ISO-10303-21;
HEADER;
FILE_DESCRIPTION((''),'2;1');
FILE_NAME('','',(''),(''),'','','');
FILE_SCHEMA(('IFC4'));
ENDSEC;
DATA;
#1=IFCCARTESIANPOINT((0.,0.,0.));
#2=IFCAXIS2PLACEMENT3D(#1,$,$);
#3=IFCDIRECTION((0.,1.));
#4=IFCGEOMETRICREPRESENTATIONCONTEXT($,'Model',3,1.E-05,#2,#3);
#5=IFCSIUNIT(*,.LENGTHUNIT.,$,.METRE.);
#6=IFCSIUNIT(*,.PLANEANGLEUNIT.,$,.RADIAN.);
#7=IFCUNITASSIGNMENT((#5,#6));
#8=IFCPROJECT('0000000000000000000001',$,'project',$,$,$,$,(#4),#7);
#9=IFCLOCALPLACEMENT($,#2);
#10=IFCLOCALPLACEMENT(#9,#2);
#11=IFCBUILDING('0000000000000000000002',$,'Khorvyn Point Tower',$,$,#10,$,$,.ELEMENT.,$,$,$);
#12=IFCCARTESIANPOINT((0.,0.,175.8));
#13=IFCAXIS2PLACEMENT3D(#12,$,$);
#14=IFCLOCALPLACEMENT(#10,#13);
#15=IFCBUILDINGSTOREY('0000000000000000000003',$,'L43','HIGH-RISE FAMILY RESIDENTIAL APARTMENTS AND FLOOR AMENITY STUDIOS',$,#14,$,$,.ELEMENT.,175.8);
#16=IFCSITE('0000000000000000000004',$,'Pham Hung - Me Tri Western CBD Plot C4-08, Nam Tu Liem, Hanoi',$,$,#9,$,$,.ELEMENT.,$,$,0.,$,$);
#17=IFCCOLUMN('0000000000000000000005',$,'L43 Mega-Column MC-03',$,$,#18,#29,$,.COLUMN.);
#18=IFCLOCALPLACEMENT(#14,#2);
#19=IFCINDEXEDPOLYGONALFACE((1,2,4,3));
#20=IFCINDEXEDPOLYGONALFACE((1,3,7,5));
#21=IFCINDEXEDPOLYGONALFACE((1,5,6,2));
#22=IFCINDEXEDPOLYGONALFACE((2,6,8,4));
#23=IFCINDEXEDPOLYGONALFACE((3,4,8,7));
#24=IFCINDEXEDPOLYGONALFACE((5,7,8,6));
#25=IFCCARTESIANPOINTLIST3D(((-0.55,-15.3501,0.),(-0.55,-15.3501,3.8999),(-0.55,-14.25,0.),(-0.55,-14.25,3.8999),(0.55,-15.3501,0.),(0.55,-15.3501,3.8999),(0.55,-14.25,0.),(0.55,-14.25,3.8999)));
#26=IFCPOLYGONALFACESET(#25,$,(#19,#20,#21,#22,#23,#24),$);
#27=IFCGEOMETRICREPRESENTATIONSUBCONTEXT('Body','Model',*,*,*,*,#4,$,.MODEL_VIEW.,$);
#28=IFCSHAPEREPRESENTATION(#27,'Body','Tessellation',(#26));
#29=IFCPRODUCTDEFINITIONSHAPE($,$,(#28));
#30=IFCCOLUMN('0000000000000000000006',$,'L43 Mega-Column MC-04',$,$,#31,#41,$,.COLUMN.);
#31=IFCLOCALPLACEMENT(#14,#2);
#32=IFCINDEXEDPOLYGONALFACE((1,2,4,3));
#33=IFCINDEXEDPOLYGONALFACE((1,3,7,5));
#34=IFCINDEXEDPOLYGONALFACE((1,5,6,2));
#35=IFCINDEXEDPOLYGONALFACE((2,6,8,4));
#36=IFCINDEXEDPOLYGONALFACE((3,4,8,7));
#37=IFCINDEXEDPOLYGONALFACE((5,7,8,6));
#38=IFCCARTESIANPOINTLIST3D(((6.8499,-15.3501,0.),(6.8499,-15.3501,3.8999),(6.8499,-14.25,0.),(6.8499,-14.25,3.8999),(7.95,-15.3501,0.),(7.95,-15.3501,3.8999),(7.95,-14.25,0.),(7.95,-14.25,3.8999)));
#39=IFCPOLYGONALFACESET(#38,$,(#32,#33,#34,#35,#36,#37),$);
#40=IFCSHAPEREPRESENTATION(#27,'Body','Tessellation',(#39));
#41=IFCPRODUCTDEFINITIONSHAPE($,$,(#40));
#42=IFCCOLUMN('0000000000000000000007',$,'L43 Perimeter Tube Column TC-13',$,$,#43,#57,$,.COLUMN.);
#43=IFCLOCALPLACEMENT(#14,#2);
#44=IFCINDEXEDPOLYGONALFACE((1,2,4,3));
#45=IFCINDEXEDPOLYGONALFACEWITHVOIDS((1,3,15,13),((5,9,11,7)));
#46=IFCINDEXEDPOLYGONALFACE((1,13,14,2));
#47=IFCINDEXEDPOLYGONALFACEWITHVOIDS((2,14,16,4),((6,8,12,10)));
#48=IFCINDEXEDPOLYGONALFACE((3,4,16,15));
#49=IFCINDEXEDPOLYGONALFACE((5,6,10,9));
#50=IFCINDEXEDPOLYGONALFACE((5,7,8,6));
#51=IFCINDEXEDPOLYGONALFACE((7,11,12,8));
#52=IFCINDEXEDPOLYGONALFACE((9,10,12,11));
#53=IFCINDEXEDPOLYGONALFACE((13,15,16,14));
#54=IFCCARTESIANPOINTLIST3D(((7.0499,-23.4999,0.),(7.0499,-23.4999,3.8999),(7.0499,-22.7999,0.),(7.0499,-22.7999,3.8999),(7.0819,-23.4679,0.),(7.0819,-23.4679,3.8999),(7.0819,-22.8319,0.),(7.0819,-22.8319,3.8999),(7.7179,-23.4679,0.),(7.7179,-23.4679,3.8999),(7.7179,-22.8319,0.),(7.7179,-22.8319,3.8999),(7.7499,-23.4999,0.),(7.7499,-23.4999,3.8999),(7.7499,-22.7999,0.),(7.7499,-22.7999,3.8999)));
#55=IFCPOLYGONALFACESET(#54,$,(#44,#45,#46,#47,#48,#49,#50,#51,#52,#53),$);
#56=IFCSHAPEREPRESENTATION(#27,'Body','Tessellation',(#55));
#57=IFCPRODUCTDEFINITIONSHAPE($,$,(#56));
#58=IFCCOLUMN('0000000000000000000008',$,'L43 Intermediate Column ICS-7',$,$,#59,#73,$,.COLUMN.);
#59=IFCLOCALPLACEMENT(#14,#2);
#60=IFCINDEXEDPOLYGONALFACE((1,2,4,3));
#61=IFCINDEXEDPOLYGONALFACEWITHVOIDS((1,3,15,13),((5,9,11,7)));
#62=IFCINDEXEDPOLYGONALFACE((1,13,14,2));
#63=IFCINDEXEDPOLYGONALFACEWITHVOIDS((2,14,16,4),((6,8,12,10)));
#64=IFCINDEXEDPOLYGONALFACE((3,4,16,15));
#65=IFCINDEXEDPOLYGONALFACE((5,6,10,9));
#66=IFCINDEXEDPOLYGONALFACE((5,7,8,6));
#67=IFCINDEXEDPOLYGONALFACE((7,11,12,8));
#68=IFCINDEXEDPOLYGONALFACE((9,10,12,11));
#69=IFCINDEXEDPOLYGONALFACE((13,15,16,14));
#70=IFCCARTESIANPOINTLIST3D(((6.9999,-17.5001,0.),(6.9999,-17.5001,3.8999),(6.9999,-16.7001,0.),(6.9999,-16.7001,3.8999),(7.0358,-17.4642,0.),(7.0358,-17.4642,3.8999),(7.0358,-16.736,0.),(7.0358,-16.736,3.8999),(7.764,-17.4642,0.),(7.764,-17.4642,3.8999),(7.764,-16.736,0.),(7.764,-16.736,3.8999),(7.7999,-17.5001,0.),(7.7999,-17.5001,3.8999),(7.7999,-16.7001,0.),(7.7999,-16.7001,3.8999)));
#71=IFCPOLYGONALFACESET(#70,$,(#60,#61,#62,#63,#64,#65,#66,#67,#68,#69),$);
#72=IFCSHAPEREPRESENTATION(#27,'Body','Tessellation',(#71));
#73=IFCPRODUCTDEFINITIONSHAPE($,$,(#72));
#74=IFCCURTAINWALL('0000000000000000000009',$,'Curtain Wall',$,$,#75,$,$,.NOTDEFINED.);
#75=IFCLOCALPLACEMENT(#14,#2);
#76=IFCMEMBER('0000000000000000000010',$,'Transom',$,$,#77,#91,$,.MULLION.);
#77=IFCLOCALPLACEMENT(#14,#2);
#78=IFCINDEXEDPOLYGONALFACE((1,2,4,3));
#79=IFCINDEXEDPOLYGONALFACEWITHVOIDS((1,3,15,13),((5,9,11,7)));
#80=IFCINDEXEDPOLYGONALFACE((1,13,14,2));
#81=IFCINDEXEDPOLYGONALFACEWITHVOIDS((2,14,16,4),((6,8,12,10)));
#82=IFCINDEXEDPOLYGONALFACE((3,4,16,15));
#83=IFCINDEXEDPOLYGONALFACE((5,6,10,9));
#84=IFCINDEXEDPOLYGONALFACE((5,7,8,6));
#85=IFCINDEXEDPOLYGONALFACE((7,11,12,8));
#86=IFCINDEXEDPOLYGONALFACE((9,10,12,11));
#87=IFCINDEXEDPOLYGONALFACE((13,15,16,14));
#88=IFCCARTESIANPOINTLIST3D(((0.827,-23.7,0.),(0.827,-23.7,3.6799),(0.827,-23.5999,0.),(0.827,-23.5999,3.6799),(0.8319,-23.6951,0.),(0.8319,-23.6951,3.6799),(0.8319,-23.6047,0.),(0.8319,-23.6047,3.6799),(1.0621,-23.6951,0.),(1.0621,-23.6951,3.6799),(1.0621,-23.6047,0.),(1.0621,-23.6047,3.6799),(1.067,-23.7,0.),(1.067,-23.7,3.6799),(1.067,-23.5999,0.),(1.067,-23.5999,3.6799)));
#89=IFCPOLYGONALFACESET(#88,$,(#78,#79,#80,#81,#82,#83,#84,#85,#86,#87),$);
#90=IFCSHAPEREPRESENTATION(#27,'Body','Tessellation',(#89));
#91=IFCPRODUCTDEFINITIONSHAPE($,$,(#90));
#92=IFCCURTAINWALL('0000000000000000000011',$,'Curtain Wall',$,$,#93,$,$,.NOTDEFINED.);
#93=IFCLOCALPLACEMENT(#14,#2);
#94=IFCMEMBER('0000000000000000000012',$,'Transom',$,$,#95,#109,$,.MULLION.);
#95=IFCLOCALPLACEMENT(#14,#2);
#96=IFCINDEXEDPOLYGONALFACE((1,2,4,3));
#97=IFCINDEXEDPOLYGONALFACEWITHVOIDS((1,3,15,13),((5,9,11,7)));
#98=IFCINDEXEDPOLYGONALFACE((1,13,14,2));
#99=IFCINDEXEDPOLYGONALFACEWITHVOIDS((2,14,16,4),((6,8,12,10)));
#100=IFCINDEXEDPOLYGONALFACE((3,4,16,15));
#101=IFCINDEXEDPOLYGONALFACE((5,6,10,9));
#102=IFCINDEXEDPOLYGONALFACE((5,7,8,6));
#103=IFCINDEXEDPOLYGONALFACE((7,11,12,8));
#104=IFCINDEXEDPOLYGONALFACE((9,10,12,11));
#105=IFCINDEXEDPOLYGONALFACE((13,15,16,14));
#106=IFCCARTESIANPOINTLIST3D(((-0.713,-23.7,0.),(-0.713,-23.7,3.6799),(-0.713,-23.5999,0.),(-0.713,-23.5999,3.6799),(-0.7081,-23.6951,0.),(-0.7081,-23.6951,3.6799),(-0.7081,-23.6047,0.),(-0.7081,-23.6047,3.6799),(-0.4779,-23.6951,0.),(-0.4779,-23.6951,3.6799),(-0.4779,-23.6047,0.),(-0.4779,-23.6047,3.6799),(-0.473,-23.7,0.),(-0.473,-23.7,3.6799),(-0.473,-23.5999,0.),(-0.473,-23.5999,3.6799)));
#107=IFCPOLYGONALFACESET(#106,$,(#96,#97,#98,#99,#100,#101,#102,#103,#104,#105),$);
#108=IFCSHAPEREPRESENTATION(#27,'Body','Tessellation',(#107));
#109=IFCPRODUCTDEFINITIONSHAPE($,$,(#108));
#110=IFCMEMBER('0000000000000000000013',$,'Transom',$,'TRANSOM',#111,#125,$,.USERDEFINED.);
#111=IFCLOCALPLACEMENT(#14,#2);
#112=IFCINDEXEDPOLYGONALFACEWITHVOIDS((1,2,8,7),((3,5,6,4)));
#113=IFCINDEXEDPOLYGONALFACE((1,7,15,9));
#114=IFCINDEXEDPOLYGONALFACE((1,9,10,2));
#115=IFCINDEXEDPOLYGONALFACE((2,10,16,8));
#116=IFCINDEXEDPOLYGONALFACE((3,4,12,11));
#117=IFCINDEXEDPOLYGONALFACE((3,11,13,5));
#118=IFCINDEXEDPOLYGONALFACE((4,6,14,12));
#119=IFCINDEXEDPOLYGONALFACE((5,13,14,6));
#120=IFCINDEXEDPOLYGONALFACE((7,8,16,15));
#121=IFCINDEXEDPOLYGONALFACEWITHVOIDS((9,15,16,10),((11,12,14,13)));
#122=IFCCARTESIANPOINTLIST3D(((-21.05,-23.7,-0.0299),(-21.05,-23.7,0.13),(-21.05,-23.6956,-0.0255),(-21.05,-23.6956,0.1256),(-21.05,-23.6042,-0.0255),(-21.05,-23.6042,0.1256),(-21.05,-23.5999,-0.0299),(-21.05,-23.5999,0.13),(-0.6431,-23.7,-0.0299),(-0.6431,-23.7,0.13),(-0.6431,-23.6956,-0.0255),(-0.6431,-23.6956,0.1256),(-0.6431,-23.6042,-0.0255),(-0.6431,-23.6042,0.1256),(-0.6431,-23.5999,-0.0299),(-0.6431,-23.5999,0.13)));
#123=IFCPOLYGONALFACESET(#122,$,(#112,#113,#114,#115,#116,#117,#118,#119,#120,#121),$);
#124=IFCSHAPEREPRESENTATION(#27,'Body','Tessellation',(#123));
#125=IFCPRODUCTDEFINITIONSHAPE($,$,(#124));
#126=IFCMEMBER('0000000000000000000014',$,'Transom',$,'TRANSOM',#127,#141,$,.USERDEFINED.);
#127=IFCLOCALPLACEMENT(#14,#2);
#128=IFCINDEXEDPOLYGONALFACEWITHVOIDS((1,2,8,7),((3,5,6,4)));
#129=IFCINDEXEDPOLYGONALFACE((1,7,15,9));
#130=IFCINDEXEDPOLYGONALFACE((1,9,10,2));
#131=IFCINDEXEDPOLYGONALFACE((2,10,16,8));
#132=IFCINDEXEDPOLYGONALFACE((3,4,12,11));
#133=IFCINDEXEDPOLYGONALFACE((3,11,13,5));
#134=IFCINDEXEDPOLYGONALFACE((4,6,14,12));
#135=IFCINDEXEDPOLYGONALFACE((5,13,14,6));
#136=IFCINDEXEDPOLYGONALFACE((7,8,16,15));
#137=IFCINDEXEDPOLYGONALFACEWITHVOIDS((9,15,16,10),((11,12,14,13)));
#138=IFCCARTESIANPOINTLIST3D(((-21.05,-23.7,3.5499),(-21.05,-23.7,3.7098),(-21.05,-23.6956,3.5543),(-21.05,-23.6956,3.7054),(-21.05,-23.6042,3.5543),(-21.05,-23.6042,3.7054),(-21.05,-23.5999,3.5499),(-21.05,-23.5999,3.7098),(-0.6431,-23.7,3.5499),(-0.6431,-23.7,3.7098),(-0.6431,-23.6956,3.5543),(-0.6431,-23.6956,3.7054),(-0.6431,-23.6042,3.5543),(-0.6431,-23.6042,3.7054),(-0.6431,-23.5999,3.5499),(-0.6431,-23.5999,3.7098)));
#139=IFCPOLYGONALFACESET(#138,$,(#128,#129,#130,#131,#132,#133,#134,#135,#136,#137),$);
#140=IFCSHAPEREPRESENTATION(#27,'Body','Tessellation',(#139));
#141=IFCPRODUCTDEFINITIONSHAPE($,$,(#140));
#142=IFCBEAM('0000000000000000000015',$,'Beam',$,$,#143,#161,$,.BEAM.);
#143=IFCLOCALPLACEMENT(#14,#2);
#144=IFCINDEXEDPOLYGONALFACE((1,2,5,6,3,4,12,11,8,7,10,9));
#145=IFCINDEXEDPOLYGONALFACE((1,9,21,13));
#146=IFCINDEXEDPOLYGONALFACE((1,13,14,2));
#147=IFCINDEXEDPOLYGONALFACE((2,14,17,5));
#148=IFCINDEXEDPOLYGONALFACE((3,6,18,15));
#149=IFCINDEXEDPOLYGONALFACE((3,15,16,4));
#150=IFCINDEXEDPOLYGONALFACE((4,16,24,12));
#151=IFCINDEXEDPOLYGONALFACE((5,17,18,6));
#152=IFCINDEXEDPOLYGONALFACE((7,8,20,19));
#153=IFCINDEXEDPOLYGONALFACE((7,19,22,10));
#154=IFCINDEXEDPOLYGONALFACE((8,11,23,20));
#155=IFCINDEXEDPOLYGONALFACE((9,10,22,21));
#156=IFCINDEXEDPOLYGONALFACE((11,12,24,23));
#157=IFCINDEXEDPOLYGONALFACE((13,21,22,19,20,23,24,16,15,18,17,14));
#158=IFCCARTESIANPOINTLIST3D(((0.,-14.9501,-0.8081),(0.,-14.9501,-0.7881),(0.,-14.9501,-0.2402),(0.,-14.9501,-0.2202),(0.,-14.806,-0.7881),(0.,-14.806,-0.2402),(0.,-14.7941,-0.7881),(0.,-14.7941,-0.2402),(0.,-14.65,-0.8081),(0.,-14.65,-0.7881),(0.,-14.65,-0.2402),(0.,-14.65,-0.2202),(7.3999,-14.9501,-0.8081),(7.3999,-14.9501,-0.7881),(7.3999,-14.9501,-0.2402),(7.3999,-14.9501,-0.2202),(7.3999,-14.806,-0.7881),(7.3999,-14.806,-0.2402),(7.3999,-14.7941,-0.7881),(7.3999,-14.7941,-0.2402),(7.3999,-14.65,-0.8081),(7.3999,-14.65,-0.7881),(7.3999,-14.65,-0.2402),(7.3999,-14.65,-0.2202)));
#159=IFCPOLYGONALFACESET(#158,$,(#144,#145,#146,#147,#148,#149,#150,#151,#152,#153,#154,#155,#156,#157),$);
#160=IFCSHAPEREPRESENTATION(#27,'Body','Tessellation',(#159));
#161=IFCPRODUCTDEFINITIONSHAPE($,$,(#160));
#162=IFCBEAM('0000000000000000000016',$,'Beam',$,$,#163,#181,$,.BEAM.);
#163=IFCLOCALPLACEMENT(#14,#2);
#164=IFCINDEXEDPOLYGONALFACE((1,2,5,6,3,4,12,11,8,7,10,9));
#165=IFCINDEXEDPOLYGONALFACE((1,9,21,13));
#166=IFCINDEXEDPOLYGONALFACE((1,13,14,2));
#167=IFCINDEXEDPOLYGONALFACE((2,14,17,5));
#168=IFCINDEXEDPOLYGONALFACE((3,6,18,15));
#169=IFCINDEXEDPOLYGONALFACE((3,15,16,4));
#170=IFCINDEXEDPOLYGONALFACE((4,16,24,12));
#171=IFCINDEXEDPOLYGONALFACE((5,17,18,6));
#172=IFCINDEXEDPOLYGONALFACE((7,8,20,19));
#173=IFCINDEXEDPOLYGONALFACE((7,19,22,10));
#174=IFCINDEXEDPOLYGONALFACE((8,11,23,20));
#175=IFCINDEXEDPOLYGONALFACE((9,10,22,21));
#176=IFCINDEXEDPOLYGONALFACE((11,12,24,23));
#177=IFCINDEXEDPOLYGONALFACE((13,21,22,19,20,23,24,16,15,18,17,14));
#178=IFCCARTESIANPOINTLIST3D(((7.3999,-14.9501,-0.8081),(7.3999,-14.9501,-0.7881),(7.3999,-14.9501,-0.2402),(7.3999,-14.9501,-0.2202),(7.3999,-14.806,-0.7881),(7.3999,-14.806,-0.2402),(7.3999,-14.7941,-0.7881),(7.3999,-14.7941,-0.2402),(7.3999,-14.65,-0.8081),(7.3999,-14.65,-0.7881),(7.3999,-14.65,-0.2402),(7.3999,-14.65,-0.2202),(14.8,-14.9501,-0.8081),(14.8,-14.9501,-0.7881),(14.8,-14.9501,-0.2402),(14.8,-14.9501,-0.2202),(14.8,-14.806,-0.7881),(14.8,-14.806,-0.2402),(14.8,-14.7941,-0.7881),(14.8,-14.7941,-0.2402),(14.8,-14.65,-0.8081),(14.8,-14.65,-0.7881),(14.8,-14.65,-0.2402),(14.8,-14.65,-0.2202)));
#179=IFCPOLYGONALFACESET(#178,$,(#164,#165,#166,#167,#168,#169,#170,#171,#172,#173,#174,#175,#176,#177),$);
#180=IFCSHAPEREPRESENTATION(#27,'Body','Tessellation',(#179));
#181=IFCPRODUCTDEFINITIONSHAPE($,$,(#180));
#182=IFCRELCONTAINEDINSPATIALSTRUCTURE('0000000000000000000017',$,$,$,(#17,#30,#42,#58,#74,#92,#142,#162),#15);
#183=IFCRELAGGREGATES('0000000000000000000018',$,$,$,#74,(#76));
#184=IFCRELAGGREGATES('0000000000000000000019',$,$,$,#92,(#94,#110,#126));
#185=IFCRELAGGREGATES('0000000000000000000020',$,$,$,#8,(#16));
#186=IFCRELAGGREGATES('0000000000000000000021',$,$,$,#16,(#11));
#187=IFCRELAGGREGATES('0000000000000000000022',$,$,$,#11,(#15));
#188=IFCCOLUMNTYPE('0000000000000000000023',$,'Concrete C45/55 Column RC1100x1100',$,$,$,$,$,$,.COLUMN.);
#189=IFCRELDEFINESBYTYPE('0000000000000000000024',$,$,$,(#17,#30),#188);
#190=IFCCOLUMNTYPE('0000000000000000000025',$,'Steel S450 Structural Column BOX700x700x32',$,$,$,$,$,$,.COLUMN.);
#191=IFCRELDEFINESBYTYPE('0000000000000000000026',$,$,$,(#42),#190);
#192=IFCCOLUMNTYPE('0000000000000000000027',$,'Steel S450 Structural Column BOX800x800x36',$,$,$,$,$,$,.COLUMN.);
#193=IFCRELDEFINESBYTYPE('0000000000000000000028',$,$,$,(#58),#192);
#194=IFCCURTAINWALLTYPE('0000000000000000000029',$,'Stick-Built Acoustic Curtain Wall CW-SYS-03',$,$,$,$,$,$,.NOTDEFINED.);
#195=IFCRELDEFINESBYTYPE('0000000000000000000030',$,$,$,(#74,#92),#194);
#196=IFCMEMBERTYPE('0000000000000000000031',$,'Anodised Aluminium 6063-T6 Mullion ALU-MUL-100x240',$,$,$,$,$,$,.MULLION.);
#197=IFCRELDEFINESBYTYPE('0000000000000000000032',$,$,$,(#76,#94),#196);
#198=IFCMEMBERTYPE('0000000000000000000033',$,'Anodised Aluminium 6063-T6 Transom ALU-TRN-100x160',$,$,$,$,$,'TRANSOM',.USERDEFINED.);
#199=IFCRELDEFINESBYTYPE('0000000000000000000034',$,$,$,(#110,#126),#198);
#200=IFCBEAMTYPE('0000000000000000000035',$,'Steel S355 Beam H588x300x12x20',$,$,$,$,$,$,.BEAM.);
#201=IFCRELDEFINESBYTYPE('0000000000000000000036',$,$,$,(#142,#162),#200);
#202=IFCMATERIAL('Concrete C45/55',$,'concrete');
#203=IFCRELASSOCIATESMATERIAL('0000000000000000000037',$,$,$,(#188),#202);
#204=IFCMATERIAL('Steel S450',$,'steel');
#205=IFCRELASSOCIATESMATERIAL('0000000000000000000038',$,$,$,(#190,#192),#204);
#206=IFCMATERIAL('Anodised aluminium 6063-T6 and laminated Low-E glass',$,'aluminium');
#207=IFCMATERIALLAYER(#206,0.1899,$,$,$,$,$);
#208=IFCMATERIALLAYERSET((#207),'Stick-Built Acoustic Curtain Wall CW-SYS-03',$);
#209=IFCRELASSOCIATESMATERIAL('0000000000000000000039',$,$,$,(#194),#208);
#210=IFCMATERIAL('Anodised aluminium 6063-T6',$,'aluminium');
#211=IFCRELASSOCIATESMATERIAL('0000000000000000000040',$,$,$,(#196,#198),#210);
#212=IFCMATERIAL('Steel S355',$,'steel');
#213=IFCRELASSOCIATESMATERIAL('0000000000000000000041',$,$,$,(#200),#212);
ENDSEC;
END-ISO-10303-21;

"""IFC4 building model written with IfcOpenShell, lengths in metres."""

from ifc_helpers import new_model, si_unit, direction, frame, origin, origin_2d, place, context, subcontext, project, spatial, rectangle, hollow_rectangle, i_section, extrude, material, layer, layer_set, material_profile, profile_set, type_object, element, aggregate, save


model = new_model("IFC4")

# Units and contexts
model_context = context("Model", 3, precision=1e-05, world=origin(), true_north=direction((0.0, 1.0)))
body_context = subcontext(model_context, "Body", "Model", "MODEL_VIEW")
ifc_project = project(units=[si_unit("LENGTHUNIT", "METRE"), si_unit("PLANEANGLEUNIT", "RADIAN")], contexts=[model_context])

# Site, building, storey
site_placement = place(None, origin())
site = spatial("IfcSite", under=ifc_project, at=site_placement, Name="Pham Hung - Me Tri Western CBD Plot C4-08, Nam Tu Liem, Hanoi", CompositionType="ELEMENT", RefElevation=0.0)
building_placement = place(site_placement, origin())
building = spatial("IfcBuilding", under=site, at=building_placement, Name="Khorvyn Point Tower", CompositionType="ELEMENT")
storey_placement = place(building_placement, frame((0.0, 0.0, 175.8)))
storey = spatial("IfcBuildingStorey", under=building, at=storey_placement, Name="L43", Description="HIGH-RISE FAMILY RESIDENTIAL APARTMENTS AND FLOOR AMENITY STUDIOS", CompositionType="ELEMENT", Elevation=175.8)

# Columns
ifc_material_1 = material(Name="Concrete C45/55", Category="concrete")
ifc_material_profile_1 = material_profile(ifc_material_1, rectangle(XDim=1.1001, YDim=1.1001, at=origin_2d()))
ifc_profile_set_1 = profile_set([ifc_material_profile_1], Name="Concrete C45/55 RC1100x1100")
column_type_1 = type_object("IfcColumnType", Name="Concrete C45/55 Column RC1100x1100", PredefinedType="COLUMN", material=ifc_profile_set_1)
for number, where, z_axis, x_axis, name in (
    (1, (0.0, -14.8, 0.0), (0.0, 0.0, 1.0), (1.0, 0.0, 0.0), "L43 Mega-Column MC-03"),
    (2, (7.3999, -14.8, 0.0), (0.0, 0.0, 1.0), (1.0, 0.0, 0.0), "L43 Mega-Column MC-04"),
):
    element("IfcColumn", number, at=place(storey_placement, frame(where, z_axis=z_axis, x_axis=x_axis)), inside=storey, type_object=column_type_1, Name=name, PredefinedType="COLUMN", context=body_context, shape_type="SweptSolid", body=[
        extrude(rectangle(XDim=1.1001, YDim=1.1001, at=origin_2d()), origin(), (0.0, 0.0, 1.0), 3.8999),
    ])
ifc_material_2 = material(Name="Steel S450", Category="steel")
ifc_material_profile_2 = material_profile(ifc_material_2, hollow_rectangle(XDim=0.7, YDim=0.7, WallThickness=0.032, at=origin_2d()))
ifc_profile_set_2 = profile_set([ifc_material_profile_2], Name="Steel S450 BOX700x700x32")
column_type_2 = type_object("IfcColumnType", Name="Steel S450 Structural Column BOX700x700x32", PredefinedType="COLUMN", material=ifc_profile_set_2)
column_1_placement = place(storey_placement, frame((7.3999, -23.1499, 0.0), z_axis=(0.0, 0.0, 1.0), x_axis=(1.0, 0.0, 0.0)))
element("IfcColumn", 3, at=column_1_placement, inside=storey, type_object=column_type_2, Name="L43 Perimeter Tube Column TC-13", PredefinedType="COLUMN", context=body_context, shape_type="SweptSolid", body=[
    extrude(hollow_rectangle(XDim=0.7, YDim=0.7, WallThickness=0.032, at=origin_2d()), origin(), (0.0, 0.0, 1.0), 3.8999),
])
ifc_material_profile_3 = material_profile(ifc_material_2, hollow_rectangle(XDim=0.8, YDim=0.8, WallThickness=0.0359, at=origin_2d()))
ifc_profile_set_3 = profile_set([ifc_material_profile_3], Name="Steel S450 BOX800x800x36")
column_type_3 = type_object("IfcColumnType", Name="Steel S450 Structural Column BOX800x800x36", PredefinedType="COLUMN", material=ifc_profile_set_3)
column_2_placement = place(storey_placement, frame((7.3999, -17.1001, 0.0), z_axis=(0.0, 0.0, 1.0), x_axis=(1.0, 0.0, 0.0)))
element("IfcColumn", 4, at=column_2_placement, inside=storey, type_object=column_type_3, Name="L43 Intermediate Column ICS-7", PredefinedType="COLUMN", context=body_context, shape_type="SweptSolid", body=[
    extrude(hollow_rectangle(XDim=0.8, YDim=0.8, WallThickness=0.0359, at=origin_2d()), origin(), (0.0, 0.0, 1.0), 3.8999),
])

# Curtain wall, member
ifc_material_3 = material(Name="Anodised aluminium 6063-T6 and laminated Low-E glass", Category="aluminium")
ifc_layer_1 = layer(ifc_material_3, 0.1899)
ifc_layer_set_1 = layer_set([ifc_layer_1], Name="Stick-Built Acoustic Curtain Wall CW-SYS-03")
curtain_wall_type = type_object("IfcCurtainWallType", Name="Stick-Built Acoustic Curtain Wall CW-SYS-03", PredefinedType="NOTDEFINED", material=ifc_layer_set_1)
curtain_wall_1_placement = place(storey_placement, origin())
curtain_wall_1 = element("IfcCurtainWall", 5, at=curtain_wall_1_placement, inside=storey, type_object=curtain_wall_type, Name="Curtain Wall", PredefinedType="NOTDEFINED")
ifc_material_4 = material(Name="Anodised aluminium 6063-T6", Category="aluminium")
ifc_material_profile_4 = material_profile(ifc_material_4, hollow_rectangle(XDim=0.1001, YDim=0.24, WallThickness=0.0049, at=origin_2d()))
ifc_profile_set_4 = profile_set([ifc_material_profile_4], Name="Anodised aluminium 6063-T6 ALU-MUL-100x240")
member_type_1 = type_object("IfcMemberType", Name="Anodised Aluminium 6063-T6 Mullion ALU-MUL-100x240", PredefinedType="MULLION", material=ifc_profile_set_4)
member_1_placement = place(storey_placement, frame((0.947, -23.6499, 0.0), z_axis=(0.0, 0.0, 1.0), x_axis=(0.0, -1.0, 0.0)))
member_1 = element("IfcMember", 6, at=member_1_placement, type_object=member_type_1, Name="Transom", PredefinedType="MULLION", context=body_context, shape_type="SweptSolid", body=[
    extrude(hollow_rectangle(XDim=0.1001, YDim=0.24, WallThickness=0.0049, at=origin_2d()), origin(), (0.0, 0.0, 1.0), 3.6799),
])

# Curtain wall, members
curtain_wall_2_placement = place(storey_placement, origin())
curtain_wall_2 = element("IfcCurtainWall", 7, at=curtain_wall_2_placement, inside=storey, type_object=curtain_wall_type, Name="Curtain Wall", PredefinedType="NOTDEFINED")
member_2_placement = place(storey_placement, frame((-0.593, -23.6499, 0.0), z_axis=(0.0, 0.0, 1.0), x_axis=(0.0, -1.0, 0.0)))
member_2 = element("IfcMember", 8, at=member_2_placement, type_object=member_type_1, Name="Transom", PredefinedType="MULLION", context=body_context, shape_type="SweptSolid", body=[
    extrude(hollow_rectangle(XDim=0.1001, YDim=0.24, WallThickness=0.0049, at=origin_2d()), origin(), (0.0, 0.0, 1.0), 3.6799),
])
ifc_material_profile_5 = material_profile(ifc_material_4, hollow_rectangle(XDim=0.1001, YDim=0.1599, WallThickness=0.0044, at=origin_2d()))
ifc_profile_set_5 = profile_set([ifc_material_profile_5], Name="Anodised aluminium 6063-T6 ALU-TRN-100x160")
member_type_2 = type_object("IfcMemberType", Name="Anodised Aluminium 6063-T6 Transom ALU-TRN-100x160", ElementType="TRANSOM", PredefinedType="USERDEFINED", material=ifc_profile_set_5)
member_3_placement = place(storey_placement, frame((-0.6431, -23.6499, 0.05), z_axis=(-1.0, 0.0, 0.0), x_axis=(0.0, -1.0, 0.0)))
member_3 = element("IfcMember", 9, at=member_3_placement, type_object=member_type_2, Name="Transom", ObjectType="TRANSOM", PredefinedType="USERDEFINED", context=body_context, shape_type="SweptSolid", body=[
    extrude(hollow_rectangle(XDim=0.1001, YDim=0.1599, WallThickness=0.0044, at=origin_2d()), origin(), (0.0, 0.0, 1.0), 20.407),
])
member_4_placement = place(storey_placement, frame((-0.6431, -23.6499, 3.6299), z_axis=(-1.0, 0.0, 0.0), x_axis=(0.0, -1.0, 0.0)))
member_4 = element("IfcMember", 10, at=member_4_placement, type_object=member_type_2, Name="Transom", ObjectType="TRANSOM", PredefinedType="USERDEFINED", context=body_context, shape_type="SweptSolid", body=[
    extrude(hollow_rectangle(XDim=0.1001, YDim=0.1599, WallThickness=0.0044, at=origin_2d()), origin(), (0.0, 0.0, 1.0), 20.407),
])

# Beams
ifc_material_5 = material(Name="Steel S355", Category="steel")
ifc_material_profile_6 = material_profile(ifc_material_5, i_section(OverallWidth=0.3, OverallDepth=0.5879, WebThickness=0.012, FlangeThickness=0.02, at=origin_2d()))
ifc_profile_set_6 = profile_set([ifc_material_profile_6], Name="Steel S355 H588x300x12x20")
beam_type_1 = type_object("IfcBeamType", Name="Steel S355 Beam H588x300x12x20", PredefinedType="BEAM", material=ifc_profile_set_6)
beam_1_placement = place(storey_placement, frame((0.0, -14.8, -0.5142), z_axis=(1.0, 0.0, 0.0), x_axis=(0.0, 1.0, 0.0)))
element("IfcBeam", 11, at=beam_1_placement, inside=storey, type_object=beam_type_1, Name="Beam", PredefinedType="BEAM", context=body_context, shape_type="SweptSolid", body=[
    extrude(i_section(OverallWidth=0.3, OverallDepth=0.5879, WebThickness=0.012, FlangeThickness=0.02, at=origin_2d()), origin(), (0.0, 0.0, 1.0), 7.3999),
])
for number, where, z_axis, x_axis, name in (
    (12, (7.3999, -14.8, -0.5142), (1.0, 0.0, 0.0), (0.0, 1.0, 0.0), "Beam"),
):
    element("IfcBeam", number, at=place(storey_placement, frame(where, z_axis=z_axis, x_axis=x_axis)), inside=storey, type_object=beam_type_1, Name=name, PredefinedType="BEAM", context=body_context, shape_type="SweptSolid", body=[
        extrude(i_section(OverallWidth=0.3, OverallDepth=0.5879, WebThickness=0.012, FlangeThickness=0.02, at=origin_2d()), origin(), (0.0, 0.0, 1.0), 7.4001),
    ])

aggregate(curtain_wall_1, [member_1])
aggregate(curtain_wall_2, [member_2, member_3, member_4])

save(model, "model.ifc")
